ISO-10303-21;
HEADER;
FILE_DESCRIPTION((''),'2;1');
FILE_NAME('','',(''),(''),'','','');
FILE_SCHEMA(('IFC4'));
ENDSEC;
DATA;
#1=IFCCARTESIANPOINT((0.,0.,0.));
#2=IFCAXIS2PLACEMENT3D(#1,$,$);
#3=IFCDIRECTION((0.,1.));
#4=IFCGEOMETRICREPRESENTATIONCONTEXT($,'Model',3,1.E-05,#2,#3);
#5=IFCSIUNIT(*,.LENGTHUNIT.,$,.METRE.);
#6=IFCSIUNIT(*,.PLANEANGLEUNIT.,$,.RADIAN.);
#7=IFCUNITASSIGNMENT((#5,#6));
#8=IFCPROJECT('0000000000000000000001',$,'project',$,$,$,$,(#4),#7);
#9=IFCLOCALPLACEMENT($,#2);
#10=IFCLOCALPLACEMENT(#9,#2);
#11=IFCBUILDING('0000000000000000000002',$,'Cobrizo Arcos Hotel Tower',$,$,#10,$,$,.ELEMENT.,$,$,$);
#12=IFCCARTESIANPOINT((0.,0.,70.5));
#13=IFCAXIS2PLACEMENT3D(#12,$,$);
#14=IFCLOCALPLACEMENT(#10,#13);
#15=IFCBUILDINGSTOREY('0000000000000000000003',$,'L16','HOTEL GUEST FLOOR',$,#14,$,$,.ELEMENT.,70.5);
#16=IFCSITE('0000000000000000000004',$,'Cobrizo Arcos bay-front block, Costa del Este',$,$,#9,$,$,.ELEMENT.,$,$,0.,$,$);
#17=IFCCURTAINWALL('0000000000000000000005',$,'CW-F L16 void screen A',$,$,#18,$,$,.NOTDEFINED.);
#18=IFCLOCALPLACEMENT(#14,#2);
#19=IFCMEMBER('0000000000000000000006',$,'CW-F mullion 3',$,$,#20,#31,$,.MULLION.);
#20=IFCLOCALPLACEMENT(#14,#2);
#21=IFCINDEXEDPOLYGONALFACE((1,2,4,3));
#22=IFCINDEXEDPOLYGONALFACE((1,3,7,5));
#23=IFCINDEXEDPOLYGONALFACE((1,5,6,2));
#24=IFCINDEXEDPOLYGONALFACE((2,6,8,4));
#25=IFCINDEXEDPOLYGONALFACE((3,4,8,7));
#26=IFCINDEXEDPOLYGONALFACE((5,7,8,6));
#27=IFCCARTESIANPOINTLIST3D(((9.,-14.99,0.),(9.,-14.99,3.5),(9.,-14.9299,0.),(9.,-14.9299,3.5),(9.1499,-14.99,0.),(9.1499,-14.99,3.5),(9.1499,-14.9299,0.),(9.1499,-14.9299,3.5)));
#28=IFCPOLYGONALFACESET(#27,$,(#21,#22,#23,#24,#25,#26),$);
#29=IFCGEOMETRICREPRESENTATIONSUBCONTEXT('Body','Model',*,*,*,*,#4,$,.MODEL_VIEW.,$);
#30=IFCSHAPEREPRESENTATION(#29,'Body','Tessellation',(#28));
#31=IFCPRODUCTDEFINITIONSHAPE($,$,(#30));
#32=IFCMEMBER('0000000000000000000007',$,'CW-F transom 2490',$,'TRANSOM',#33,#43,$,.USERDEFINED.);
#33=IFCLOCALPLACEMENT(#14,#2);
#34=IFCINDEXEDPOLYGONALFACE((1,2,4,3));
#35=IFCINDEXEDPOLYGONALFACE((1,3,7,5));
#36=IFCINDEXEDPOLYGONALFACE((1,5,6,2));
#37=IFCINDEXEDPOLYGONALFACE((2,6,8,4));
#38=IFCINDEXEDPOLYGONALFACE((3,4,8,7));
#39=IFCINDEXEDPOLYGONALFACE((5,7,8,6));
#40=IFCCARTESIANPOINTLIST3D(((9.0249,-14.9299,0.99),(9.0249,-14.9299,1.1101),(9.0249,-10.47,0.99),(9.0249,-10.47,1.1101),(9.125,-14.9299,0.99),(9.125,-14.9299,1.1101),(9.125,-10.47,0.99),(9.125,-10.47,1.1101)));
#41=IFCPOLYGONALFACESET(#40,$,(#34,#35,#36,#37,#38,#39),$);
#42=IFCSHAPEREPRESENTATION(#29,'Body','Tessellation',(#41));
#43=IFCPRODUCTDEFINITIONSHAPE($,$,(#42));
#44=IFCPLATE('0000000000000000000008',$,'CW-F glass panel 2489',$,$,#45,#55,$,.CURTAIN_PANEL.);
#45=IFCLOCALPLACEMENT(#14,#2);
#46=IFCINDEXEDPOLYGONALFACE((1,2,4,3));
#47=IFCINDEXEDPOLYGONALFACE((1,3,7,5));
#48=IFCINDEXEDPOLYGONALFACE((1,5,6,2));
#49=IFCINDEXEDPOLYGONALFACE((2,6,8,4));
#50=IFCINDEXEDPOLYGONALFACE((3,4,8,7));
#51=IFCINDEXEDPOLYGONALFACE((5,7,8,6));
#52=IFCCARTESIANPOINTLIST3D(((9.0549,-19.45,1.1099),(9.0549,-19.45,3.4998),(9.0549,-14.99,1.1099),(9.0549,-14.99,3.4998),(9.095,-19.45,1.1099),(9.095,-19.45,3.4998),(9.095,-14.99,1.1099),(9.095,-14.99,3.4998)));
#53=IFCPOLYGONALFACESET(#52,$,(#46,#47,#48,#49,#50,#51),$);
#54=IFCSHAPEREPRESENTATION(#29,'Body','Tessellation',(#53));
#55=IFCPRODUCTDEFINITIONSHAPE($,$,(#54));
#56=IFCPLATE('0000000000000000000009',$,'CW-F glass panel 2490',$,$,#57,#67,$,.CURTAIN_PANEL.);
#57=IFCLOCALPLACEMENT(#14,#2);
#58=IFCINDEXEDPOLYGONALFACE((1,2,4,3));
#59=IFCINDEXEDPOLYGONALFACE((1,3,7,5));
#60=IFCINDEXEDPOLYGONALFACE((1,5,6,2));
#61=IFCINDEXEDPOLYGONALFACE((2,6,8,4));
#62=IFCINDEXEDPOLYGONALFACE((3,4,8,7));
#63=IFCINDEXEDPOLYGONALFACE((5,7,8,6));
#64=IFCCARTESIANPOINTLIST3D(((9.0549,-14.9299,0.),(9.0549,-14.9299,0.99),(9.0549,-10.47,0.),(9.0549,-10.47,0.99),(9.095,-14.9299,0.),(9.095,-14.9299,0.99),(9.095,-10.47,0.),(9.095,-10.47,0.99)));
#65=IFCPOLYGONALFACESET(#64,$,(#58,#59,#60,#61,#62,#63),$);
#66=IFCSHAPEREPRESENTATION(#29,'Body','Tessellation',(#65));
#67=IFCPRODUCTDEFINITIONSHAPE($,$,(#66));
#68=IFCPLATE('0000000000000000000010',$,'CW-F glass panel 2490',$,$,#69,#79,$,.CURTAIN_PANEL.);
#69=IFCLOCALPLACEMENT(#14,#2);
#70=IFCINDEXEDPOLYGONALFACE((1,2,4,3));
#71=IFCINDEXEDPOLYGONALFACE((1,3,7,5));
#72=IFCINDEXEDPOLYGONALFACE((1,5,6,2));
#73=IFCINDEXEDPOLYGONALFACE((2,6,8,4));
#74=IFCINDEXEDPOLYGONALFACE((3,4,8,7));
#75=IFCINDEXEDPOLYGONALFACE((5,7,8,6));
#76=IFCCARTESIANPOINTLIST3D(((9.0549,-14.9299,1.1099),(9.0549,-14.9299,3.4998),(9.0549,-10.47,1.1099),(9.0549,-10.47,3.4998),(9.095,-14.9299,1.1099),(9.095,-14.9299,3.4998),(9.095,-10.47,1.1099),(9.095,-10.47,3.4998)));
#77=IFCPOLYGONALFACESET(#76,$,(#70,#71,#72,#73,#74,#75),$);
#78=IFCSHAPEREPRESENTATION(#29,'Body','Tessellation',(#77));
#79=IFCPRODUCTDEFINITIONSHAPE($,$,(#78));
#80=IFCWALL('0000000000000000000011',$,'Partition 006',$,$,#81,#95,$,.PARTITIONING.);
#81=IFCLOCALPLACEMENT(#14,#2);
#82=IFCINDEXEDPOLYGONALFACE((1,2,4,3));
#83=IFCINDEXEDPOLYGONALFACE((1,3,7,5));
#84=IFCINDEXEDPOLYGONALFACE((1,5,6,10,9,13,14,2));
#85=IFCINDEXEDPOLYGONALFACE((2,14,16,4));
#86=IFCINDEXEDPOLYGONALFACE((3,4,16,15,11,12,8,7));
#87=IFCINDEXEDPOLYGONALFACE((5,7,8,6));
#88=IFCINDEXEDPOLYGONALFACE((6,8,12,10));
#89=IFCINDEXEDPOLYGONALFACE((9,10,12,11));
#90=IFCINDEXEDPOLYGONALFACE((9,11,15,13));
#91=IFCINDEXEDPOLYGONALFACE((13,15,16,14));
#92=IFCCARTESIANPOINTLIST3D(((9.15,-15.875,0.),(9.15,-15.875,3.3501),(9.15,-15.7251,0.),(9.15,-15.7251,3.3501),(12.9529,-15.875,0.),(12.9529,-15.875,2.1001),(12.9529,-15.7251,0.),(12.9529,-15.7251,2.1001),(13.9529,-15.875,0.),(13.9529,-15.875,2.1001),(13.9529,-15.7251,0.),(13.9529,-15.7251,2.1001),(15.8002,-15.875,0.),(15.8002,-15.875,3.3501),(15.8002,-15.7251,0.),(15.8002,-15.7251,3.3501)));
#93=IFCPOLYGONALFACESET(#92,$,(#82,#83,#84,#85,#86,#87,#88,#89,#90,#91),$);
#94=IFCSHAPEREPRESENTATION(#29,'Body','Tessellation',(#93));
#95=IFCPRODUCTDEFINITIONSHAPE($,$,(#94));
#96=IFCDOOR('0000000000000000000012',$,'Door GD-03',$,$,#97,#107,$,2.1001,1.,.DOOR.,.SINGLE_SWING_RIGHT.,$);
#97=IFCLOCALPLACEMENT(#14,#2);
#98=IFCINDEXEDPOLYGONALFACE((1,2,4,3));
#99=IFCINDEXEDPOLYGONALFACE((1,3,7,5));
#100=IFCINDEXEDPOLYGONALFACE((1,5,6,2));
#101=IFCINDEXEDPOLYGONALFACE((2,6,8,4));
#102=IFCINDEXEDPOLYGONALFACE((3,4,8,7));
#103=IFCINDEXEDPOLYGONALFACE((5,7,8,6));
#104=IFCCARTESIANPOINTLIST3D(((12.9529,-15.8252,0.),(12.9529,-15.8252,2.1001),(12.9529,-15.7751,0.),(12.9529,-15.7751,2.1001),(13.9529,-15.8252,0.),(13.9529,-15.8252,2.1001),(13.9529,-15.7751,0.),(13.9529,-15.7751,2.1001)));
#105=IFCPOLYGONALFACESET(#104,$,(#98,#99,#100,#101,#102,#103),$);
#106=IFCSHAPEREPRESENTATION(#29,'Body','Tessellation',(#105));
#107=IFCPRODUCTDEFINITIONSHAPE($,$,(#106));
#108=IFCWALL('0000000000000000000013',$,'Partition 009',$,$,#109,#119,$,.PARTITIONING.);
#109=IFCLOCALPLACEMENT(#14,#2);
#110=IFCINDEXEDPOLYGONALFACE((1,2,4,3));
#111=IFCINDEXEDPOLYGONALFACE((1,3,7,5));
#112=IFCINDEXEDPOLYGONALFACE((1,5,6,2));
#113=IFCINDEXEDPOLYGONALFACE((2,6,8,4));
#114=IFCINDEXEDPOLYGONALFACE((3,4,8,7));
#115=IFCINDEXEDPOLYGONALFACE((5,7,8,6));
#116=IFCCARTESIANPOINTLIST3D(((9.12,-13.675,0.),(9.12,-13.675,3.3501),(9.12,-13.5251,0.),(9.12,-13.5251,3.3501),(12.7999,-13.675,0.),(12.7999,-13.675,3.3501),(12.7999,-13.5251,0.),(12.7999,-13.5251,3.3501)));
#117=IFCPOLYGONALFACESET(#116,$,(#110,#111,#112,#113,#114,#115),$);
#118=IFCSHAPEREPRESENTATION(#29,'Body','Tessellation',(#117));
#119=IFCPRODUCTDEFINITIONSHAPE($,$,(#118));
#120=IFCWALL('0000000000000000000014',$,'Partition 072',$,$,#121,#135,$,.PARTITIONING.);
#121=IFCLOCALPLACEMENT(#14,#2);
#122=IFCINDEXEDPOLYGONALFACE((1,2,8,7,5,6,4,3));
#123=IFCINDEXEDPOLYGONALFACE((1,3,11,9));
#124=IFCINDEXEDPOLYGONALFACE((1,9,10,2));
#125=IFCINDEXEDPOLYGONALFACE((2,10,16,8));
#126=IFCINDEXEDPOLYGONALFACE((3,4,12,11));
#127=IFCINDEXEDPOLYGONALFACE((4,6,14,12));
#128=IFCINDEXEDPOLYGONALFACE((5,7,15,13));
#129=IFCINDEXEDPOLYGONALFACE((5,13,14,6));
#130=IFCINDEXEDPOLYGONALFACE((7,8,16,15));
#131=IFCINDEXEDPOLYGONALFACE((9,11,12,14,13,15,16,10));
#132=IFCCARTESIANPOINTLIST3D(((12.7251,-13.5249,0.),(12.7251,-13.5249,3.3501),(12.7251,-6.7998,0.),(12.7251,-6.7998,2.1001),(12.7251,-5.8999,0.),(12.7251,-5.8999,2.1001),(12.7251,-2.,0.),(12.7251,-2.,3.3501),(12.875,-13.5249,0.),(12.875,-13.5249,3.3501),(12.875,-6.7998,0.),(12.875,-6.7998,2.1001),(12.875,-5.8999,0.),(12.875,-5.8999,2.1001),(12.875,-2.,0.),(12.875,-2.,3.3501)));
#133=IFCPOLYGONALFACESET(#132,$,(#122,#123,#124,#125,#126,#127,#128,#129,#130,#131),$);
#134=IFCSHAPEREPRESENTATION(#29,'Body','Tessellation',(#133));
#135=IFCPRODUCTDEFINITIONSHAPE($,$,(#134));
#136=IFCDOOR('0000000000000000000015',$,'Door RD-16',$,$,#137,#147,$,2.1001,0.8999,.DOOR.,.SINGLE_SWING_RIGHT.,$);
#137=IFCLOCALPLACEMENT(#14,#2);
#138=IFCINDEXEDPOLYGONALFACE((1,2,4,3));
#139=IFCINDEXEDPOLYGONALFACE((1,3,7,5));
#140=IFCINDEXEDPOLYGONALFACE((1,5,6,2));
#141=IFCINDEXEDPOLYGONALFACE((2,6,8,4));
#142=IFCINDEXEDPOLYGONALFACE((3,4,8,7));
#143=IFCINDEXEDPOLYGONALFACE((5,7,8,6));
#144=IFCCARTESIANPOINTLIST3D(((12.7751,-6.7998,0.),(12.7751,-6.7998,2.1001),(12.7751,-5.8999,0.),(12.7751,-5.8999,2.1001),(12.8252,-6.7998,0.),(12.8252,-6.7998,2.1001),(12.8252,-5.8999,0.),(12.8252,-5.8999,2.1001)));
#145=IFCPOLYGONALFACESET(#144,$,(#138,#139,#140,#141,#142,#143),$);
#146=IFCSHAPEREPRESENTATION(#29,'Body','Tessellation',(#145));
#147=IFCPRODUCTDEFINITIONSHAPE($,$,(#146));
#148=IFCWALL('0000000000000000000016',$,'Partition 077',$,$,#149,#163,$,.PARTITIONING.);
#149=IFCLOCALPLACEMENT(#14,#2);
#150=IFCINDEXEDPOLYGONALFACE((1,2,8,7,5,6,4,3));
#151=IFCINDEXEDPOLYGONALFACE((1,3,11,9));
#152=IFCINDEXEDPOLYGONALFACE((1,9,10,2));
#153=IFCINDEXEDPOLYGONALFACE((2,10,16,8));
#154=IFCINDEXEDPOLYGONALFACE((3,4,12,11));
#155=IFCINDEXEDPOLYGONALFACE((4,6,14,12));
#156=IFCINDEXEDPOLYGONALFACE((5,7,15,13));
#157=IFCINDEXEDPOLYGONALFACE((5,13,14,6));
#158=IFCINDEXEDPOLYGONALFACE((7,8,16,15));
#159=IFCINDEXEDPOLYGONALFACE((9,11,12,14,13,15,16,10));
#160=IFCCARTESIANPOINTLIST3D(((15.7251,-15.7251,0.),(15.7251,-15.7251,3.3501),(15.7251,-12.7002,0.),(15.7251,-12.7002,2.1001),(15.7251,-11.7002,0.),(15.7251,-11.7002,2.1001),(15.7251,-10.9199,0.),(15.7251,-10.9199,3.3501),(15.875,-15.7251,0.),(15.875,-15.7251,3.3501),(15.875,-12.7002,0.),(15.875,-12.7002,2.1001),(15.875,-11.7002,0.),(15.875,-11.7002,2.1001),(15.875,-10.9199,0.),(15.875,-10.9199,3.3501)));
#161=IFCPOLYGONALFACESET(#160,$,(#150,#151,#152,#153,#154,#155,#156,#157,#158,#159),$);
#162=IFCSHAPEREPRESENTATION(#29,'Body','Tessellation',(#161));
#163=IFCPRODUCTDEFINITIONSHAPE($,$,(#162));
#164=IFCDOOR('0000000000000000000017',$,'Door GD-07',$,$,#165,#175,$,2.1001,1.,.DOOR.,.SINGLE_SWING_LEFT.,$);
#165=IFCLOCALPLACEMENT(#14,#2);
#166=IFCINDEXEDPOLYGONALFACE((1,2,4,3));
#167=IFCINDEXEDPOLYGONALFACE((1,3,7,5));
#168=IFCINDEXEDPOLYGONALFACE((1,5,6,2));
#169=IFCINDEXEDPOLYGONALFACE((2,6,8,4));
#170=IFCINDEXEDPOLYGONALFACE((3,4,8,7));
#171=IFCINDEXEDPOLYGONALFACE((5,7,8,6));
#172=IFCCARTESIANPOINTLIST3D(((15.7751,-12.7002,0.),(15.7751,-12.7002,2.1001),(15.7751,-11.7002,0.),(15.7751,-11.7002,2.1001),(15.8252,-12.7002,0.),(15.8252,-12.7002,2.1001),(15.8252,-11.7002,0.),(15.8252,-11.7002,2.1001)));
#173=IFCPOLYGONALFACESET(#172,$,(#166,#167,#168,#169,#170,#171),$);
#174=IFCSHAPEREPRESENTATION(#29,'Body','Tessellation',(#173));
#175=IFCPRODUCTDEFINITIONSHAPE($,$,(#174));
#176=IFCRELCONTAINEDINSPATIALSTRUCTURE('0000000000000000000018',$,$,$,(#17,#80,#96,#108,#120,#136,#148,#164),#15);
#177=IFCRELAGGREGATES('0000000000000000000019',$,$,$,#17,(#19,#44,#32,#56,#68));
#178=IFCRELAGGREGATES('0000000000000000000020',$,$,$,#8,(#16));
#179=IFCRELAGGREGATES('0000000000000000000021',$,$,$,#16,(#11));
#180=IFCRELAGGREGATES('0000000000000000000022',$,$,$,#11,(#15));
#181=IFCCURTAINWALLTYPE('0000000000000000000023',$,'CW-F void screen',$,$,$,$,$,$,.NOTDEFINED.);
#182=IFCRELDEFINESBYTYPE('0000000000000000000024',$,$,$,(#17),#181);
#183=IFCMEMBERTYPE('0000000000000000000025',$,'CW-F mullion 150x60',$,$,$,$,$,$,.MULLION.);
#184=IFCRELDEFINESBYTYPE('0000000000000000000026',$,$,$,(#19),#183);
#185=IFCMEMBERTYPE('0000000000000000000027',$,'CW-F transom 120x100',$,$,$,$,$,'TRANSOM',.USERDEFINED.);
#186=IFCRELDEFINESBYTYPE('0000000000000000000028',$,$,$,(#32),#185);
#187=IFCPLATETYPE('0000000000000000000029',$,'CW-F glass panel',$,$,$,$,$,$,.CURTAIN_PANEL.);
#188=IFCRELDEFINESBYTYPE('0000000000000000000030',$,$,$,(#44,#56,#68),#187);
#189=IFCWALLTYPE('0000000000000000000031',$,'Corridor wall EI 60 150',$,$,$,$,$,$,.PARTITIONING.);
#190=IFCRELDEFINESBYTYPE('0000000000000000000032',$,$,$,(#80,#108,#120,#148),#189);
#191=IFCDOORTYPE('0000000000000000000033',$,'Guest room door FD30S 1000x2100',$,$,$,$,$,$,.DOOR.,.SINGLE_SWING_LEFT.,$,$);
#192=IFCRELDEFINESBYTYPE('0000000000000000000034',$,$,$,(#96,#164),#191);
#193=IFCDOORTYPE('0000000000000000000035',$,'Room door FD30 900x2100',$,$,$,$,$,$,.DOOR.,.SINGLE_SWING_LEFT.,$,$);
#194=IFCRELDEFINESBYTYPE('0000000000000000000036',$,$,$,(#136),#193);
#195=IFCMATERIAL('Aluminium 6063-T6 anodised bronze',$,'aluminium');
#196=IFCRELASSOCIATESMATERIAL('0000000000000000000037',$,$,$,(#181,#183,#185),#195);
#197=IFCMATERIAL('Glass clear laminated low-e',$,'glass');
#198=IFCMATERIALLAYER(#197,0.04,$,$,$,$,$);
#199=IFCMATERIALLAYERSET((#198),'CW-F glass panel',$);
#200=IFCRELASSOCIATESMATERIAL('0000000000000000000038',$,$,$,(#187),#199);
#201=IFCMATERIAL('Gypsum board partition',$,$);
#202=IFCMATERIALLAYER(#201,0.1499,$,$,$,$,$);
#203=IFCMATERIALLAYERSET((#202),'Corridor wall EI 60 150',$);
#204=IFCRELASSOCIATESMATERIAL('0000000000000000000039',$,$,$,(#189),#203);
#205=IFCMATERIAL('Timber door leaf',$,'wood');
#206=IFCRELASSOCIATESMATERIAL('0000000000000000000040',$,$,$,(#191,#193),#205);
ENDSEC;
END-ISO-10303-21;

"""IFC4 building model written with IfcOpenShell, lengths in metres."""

from ifc_helpers import new_model, si_unit, direction, frame, frame_2d, origin, origin_2d, place, context, subcontext, project, spatial, rectangle, extrude, material, layer, layer_set, material_profile, profile_set, type_object, element, fill, aggregate, save


model = new_model("IFC4")

# Units and contexts
model_context = context("Model", 3, precision=1e-05, world=origin(), true_north=direction((0.0, 1.0)))
body_context = subcontext(model_context, "Body", "Model", "MODEL_VIEW")
ifc_project = project(units=[si_unit("LENGTHUNIT", "METRE"), si_unit("PLANEANGLEUNIT", "RADIAN")], contexts=[model_context])

# Site, building, storey
site_placement = place(None, origin())
site = spatial("IfcSite", under=ifc_project, at=site_placement, Name="Cobrizo Arcos bay-front block, Costa del Este", CompositionType="ELEMENT", RefElevation=0.0)
building_placement = place(site_placement, origin())
building = spatial("IfcBuilding", under=site, at=building_placement, Name="Cobrizo Arcos Hotel Tower", CompositionType="ELEMENT")
storey_placement = place(building_placement, frame((0.0, 0.0, 70.5)))
storey = spatial("IfcBuildingStorey", under=building, at=storey_placement, Name="L16", Description="HOTEL GUEST FLOOR", CompositionType="ELEMENT", Elevation=70.5)

# Curtain wall, members, plates
ifc_material_1 = material(Name="Aluminium 6063-T6 anodised bronze", Category="aluminium")
curtain_wall_type = type_object("IfcCurtainWallType", Name="CW-F void screen", PredefinedType="NOTDEFINED", material=ifc_material_1)
curtain_wall_placement = place(storey_placement, origin())
curtain_wall = element("IfcCurtainWall", 1, at=curtain_wall_placement, inside=storey, type_object=curtain_wall_type, Name="CW-F L16 void screen A", PredefinedType="NOTDEFINED")
ifc_material_profile_1 = material_profile(ifc_material_1, rectangle(XDim=0.1499, YDim=0.0601, at=origin_2d()), Name="CW-F mullion 150x60")
ifc_profile_set_1 = profile_set([ifc_material_profile_1], Name="Aluminium 6063-T6 anodised bronze")
member_type_1 = type_object("IfcMemberType", Name="CW-F mullion 150x60", PredefinedType="MULLION", material=ifc_profile_set_1)
member_1_placement = place(storey_placement, frame((9.075, -14.96, 0.0), z_axis=(0.0, 0.0, 1.0), x_axis=(1.0, 0.0, 0.0)))
member_1 = element("IfcMember", 2, at=member_1_placement, type_object=member_type_1, Name="CW-F mullion 3", PredefinedType="MULLION", context=body_context, shape_type="SweptSolid", body=[
    extrude(rectangle(XDim=0.1499, YDim=0.0601, at=origin_2d()), origin(), (0.0, 0.0, 1.0), 3.5),
])
ifc_material_profile_2 = material_profile(ifc_material_1, rectangle(XDim=0.1001, YDim=0.1201, at=origin_2d()), Name="CW-F transom 120x100")
ifc_profile_set_2 = profile_set([ifc_material_profile_2], Name="Aluminium 6063-T6 anodised bronze")
member_type_2 = type_object("IfcMemberType", Name="CW-F transom 120x100", ElementType="TRANSOM", PredefinedType="USERDEFINED", material=ifc_profile_set_2)
member_2_placement = place(storey_placement, frame((9.075, -14.9299, 1.05), z_axis=(0.0, 1.0, 0.0), x_axis=(-1.0, 0.0, 0.0)))
member_2 = element("IfcMember", 3, at=member_2_placement, type_object=member_type_2, Name="CW-F transom 2490", ObjectType="TRANSOM", PredefinedType="USERDEFINED", context=body_context, shape_type="SweptSolid", body=[
    extrude(rectangle(XDim=0.1001, YDim=0.1201, at=origin_2d()), origin(), (0.0, 0.0, 1.0), 4.46),
])
ifc_material_2 = material(Name="Glass clear laminated low-e", Category="glass")
ifc_layer_1 = layer(ifc_material_2, 0.04)
ifc_layer_set_1 = layer_set([ifc_layer_1], Name="CW-F glass panel")
plate_type = type_object("IfcPlateType", Name="CW-F glass panel", PredefinedType="CURTAIN_PANEL", material=ifc_layer_set_1)
plate_1_placement = place(storey_placement, frame((9.075, -17.22, 1.1099), z_axis=(0.0, 0.0, 1.0), x_axis=(0.0, 1.0, 0.0)))
plate_1 = element("IfcPlate", 4, at=plate_1_placement, type_object=plate_type, Name="CW-F glass panel 2489", PredefinedType="CURTAIN_PANEL", context=body_context, shape_type="SweptSolid", body=[
    extrude(rectangle(XDim=4.46, YDim=0.04, at=origin_2d()), origin(), (0.0, 0.0, 1.0), 2.3899),
])
plate_2_placement = place(storey_placement, frame((9.075, -12.7, 0.0), z_axis=(0.0, 0.0, 1.0), x_axis=(0.0, 1.0, 0.0)))
plate_2 = element("IfcPlate", 5, at=plate_2_placement, type_object=plate_type, Name="CW-F glass panel 2490", PredefinedType="CURTAIN_PANEL", context=body_context, shape_type="SweptSolid", body=[
    extrude(rectangle(XDim=4.46, YDim=0.04, at=origin_2d()), origin(), (0.0, 0.0, 1.0), 0.99),
])
plate_3_placement = place(storey_placement, frame((9.075, -12.7, 1.1099), z_axis=(0.0, 0.0, 1.0), x_axis=(0.0, 1.0, 0.0)))
plate_3 = element("IfcPlate", 6, at=plate_3_placement, type_object=plate_type, Name="CW-F glass panel 2490", PredefinedType="CURTAIN_PANEL", context=body_context, shape_type="SweptSolid", body=[
    extrude(rectangle(XDim=4.46, YDim=0.04, at=origin_2d()), origin(), (0.0, 0.0, 1.0), 2.3899),
])
aggregate(curtain_wall, [member_1, plate_1, member_2, plate_2, plate_3])

# Wall, opening, door
ifc_material_3 = material(Name="Gypsum board partition")
ifc_layer_2 = layer(ifc_material_3, 0.1499)
ifc_layer_set_2 = layer_set([ifc_layer_2], Name="Corridor wall EI 60 150")
wall_type_1 = type_object("IfcWallType", Name="Corridor wall EI 60 150", PredefinedType="PARTITIONING", material=ifc_layer_set_2)
wall_1_placement = place(storey_placement, frame((9.1499, -15.8, 0.0), z_axis=(0.0, 0.0, 1.0), x_axis=(1.0, 0.0, 0.0)))
wall_1 = element("IfcWall", 7, at=wall_1_placement, inside=storey, type_object=wall_type_1, Name="Partition 006", PredefinedType="PARTITIONING", context=body_context, shape_type="SweptSolid", body=[
    extrude(rectangle(XDim=6.6501, YDim=0.1499, at=frame_2d((3.3252, 0.0))), origin(), (0.0, 0.0, 1.0), 3.3501),
])
opening_1_placement = place(wall_1_placement, frame((3.803, 0.0, 0.0)))
opening_1 = element("IfcOpeningElement", 8, at=opening_1_placement, cuts=wall_1, PredefinedType="OPENING", context=body_context, shape_type="SweptSolid", body=[
    extrude(rectangle(XDim=1.0, YDim=2.1001, at=frame_2d((0.5, 1.05))), frame((0.0, 0.0869, 0.0), z_axis=(0.0, -1.0, 0.0), x_axis=(1.0, 0.0, 0.0)), (0.0, 0.0, 1.0), 0.1738),
])
ifc_material_4 = material(Name="Timber door leaf", Category="wood")
door_type_1 = type_object("IfcDoorType", Name="Guest room door FD30S 1000x2100", OperationType="SINGLE_SWING_LEFT", PredefinedType="DOOR", material=ifc_material_4)
door_1_placement = place(opening_1_placement, origin())
door_1 = element("IfcDoor", 9, at=door_1_placement, inside=storey, type_object=door_type_1, Name="Door GD-03", OperationType="SINGLE_SWING_RIGHT", OverallHeight=2.1001, OverallWidth=1.0, PredefinedType="DOOR", context=body_context, shape_type="SweptSolid", body=[
    extrude(rectangle(XDim=1.0, YDim=2.1001, at=frame_2d((0.5, 1.05))), frame((0.0, 0.0249, 0.0), z_axis=(0.0, -1.0, 0.0), x_axis=(1.0, 0.0, 0.0)), (0.0, 0.0, 1.0), 0.05),
])
fill(opening_1, door_1)

# Wall
wall_2_placement = place(storey_placement, frame((9.1201, -13.6001, 0.0), z_axis=(0.0, 0.0, 1.0), x_axis=(1.0, 0.0, 0.0)))
element("IfcWall", 10, at=wall_2_placement, inside=storey, type_object=wall_type_1, Name="Partition 009", PredefinedType="PARTITIONING", context=body_context, shape_type="SweptSolid", body=[
    extrude(rectangle(XDim=3.6799, YDim=0.1499, at=frame_2d((1.8398, 0.0))), origin(), (0.0, 0.0, 1.0), 3.3501),
])

# Walls, openings, doors
wall_3_placement = place(storey_placement, frame((12.8, -13.5249, 0.0), z_axis=(0.0, 0.0, 1.0), x_axis=(0.0, 1.0, 0.0)))
wall_3 = element("IfcWall", 11, at=wall_3_placement, inside=storey, type_object=wall_type_1, Name="Partition 072", PredefinedType="PARTITIONING", context=body_context, shape_type="SweptSolid", body=[
    extrude(rectangle(XDim=11.5249, YDim=0.1499, at=frame_2d((5.7625, 0.0))), origin(), (0.0, 0.0, 1.0), 3.3501),
])
opening_2_placement = place(wall_3_placement, frame((6.7251, 0.0, 0.0)))
opening_2 = element("IfcOpeningElement", 12, at=opening_2_placement, cuts=wall_3, PredefinedType="OPENING", context=body_context, shape_type="SweptSolid", body=[
    extrude(rectangle(XDim=0.8999, YDim=2.1001, at=frame_2d((0.45, 1.05))), frame((0.0, 0.0869, 0.0), z_axis=(0.0, -1.0, 0.0), x_axis=(1.0, 0.0, 0.0)), (0.0, 0.0, 1.0), 0.1738),
])
door_type_2 = type_object("IfcDoorType", Name="Room door FD30 900x2100", OperationType="SINGLE_SWING_LEFT", PredefinedType="DOOR", material=ifc_material_4)
door_2_placement = place(opening_2_placement, origin())
door_2 = element("IfcDoor", 13, at=door_2_placement, inside=storey, type_object=door_type_2, Name="Door RD-16", OperationType="SINGLE_SWING_RIGHT", OverallHeight=2.1001, OverallWidth=0.8999, PredefinedType="DOOR", context=body_context, shape_type="SweptSolid", body=[
    extrude(rectangle(XDim=0.8999, YDim=2.1001, at=frame_2d((0.45, 1.05))), frame((0.0, 0.0249, 0.0), z_axis=(0.0, -1.0, 0.0), x_axis=(1.0, 0.0, 0.0)), (0.0, 0.0, 1.0), 0.05),
])
fill(opening_2, door_2)
wall_4_placement = place(storey_placement, frame((15.8, -15.7251, 0.0), z_axis=(0.0, 0.0, 1.0), x_axis=(0.0, 1.0, 0.0)))
wall_4 = element("IfcWall", 14, at=wall_4_placement, inside=storey, type_object=wall_type_1, Name="Partition 077", PredefinedType="PARTITIONING", context=body_context, shape_type="SweptSolid", body=[
    extrude(rectangle(XDim=4.8052, YDim=0.1499, at=frame_2d((2.4026, 0.0))), origin(), (0.0, 0.0, 1.0), 3.3501),
])
opening_3_placement = place(wall_4_placement, frame((3.0249, 0.0, 0.0)))
opening_3 = element("IfcOpeningElement", 15, at=opening_3_placement, cuts=wall_4, PredefinedType="OPENING", context=body_context, shape_type="SweptSolid", body=[
    extrude(rectangle(XDim=1.0, YDim=2.1001, at=frame_2d((0.5, 1.05))), frame((0.0, 0.0869, 0.0), z_axis=(0.0, -1.0, 0.0), x_axis=(1.0, 0.0, 0.0)), (0.0, 0.0, 1.0), 0.1738),
])
door_3_placement = place(opening_3_placement, origin())
door_3 = element("IfcDoor", 16, at=door_3_placement, inside=storey, type_object=door_type_1, Name="Door GD-07", OperationType="SINGLE_SWING_LEFT", OverallHeight=2.1001, OverallWidth=1.0, PredefinedType="DOOR", context=body_context, shape_type="SweptSolid", body=[
    extrude(rectangle(XDim=1.0, YDim=2.1001, at=frame_2d((0.5, 1.05))), frame((0.0, 0.0249, 0.0), z_axis=(0.0, -1.0, 0.0), x_axis=(1.0, 0.0, 0.0)), (0.0, 0.0, 1.0), 0.05),
])
fill(opening_3, door_3)

save(model, "model.ifc")
